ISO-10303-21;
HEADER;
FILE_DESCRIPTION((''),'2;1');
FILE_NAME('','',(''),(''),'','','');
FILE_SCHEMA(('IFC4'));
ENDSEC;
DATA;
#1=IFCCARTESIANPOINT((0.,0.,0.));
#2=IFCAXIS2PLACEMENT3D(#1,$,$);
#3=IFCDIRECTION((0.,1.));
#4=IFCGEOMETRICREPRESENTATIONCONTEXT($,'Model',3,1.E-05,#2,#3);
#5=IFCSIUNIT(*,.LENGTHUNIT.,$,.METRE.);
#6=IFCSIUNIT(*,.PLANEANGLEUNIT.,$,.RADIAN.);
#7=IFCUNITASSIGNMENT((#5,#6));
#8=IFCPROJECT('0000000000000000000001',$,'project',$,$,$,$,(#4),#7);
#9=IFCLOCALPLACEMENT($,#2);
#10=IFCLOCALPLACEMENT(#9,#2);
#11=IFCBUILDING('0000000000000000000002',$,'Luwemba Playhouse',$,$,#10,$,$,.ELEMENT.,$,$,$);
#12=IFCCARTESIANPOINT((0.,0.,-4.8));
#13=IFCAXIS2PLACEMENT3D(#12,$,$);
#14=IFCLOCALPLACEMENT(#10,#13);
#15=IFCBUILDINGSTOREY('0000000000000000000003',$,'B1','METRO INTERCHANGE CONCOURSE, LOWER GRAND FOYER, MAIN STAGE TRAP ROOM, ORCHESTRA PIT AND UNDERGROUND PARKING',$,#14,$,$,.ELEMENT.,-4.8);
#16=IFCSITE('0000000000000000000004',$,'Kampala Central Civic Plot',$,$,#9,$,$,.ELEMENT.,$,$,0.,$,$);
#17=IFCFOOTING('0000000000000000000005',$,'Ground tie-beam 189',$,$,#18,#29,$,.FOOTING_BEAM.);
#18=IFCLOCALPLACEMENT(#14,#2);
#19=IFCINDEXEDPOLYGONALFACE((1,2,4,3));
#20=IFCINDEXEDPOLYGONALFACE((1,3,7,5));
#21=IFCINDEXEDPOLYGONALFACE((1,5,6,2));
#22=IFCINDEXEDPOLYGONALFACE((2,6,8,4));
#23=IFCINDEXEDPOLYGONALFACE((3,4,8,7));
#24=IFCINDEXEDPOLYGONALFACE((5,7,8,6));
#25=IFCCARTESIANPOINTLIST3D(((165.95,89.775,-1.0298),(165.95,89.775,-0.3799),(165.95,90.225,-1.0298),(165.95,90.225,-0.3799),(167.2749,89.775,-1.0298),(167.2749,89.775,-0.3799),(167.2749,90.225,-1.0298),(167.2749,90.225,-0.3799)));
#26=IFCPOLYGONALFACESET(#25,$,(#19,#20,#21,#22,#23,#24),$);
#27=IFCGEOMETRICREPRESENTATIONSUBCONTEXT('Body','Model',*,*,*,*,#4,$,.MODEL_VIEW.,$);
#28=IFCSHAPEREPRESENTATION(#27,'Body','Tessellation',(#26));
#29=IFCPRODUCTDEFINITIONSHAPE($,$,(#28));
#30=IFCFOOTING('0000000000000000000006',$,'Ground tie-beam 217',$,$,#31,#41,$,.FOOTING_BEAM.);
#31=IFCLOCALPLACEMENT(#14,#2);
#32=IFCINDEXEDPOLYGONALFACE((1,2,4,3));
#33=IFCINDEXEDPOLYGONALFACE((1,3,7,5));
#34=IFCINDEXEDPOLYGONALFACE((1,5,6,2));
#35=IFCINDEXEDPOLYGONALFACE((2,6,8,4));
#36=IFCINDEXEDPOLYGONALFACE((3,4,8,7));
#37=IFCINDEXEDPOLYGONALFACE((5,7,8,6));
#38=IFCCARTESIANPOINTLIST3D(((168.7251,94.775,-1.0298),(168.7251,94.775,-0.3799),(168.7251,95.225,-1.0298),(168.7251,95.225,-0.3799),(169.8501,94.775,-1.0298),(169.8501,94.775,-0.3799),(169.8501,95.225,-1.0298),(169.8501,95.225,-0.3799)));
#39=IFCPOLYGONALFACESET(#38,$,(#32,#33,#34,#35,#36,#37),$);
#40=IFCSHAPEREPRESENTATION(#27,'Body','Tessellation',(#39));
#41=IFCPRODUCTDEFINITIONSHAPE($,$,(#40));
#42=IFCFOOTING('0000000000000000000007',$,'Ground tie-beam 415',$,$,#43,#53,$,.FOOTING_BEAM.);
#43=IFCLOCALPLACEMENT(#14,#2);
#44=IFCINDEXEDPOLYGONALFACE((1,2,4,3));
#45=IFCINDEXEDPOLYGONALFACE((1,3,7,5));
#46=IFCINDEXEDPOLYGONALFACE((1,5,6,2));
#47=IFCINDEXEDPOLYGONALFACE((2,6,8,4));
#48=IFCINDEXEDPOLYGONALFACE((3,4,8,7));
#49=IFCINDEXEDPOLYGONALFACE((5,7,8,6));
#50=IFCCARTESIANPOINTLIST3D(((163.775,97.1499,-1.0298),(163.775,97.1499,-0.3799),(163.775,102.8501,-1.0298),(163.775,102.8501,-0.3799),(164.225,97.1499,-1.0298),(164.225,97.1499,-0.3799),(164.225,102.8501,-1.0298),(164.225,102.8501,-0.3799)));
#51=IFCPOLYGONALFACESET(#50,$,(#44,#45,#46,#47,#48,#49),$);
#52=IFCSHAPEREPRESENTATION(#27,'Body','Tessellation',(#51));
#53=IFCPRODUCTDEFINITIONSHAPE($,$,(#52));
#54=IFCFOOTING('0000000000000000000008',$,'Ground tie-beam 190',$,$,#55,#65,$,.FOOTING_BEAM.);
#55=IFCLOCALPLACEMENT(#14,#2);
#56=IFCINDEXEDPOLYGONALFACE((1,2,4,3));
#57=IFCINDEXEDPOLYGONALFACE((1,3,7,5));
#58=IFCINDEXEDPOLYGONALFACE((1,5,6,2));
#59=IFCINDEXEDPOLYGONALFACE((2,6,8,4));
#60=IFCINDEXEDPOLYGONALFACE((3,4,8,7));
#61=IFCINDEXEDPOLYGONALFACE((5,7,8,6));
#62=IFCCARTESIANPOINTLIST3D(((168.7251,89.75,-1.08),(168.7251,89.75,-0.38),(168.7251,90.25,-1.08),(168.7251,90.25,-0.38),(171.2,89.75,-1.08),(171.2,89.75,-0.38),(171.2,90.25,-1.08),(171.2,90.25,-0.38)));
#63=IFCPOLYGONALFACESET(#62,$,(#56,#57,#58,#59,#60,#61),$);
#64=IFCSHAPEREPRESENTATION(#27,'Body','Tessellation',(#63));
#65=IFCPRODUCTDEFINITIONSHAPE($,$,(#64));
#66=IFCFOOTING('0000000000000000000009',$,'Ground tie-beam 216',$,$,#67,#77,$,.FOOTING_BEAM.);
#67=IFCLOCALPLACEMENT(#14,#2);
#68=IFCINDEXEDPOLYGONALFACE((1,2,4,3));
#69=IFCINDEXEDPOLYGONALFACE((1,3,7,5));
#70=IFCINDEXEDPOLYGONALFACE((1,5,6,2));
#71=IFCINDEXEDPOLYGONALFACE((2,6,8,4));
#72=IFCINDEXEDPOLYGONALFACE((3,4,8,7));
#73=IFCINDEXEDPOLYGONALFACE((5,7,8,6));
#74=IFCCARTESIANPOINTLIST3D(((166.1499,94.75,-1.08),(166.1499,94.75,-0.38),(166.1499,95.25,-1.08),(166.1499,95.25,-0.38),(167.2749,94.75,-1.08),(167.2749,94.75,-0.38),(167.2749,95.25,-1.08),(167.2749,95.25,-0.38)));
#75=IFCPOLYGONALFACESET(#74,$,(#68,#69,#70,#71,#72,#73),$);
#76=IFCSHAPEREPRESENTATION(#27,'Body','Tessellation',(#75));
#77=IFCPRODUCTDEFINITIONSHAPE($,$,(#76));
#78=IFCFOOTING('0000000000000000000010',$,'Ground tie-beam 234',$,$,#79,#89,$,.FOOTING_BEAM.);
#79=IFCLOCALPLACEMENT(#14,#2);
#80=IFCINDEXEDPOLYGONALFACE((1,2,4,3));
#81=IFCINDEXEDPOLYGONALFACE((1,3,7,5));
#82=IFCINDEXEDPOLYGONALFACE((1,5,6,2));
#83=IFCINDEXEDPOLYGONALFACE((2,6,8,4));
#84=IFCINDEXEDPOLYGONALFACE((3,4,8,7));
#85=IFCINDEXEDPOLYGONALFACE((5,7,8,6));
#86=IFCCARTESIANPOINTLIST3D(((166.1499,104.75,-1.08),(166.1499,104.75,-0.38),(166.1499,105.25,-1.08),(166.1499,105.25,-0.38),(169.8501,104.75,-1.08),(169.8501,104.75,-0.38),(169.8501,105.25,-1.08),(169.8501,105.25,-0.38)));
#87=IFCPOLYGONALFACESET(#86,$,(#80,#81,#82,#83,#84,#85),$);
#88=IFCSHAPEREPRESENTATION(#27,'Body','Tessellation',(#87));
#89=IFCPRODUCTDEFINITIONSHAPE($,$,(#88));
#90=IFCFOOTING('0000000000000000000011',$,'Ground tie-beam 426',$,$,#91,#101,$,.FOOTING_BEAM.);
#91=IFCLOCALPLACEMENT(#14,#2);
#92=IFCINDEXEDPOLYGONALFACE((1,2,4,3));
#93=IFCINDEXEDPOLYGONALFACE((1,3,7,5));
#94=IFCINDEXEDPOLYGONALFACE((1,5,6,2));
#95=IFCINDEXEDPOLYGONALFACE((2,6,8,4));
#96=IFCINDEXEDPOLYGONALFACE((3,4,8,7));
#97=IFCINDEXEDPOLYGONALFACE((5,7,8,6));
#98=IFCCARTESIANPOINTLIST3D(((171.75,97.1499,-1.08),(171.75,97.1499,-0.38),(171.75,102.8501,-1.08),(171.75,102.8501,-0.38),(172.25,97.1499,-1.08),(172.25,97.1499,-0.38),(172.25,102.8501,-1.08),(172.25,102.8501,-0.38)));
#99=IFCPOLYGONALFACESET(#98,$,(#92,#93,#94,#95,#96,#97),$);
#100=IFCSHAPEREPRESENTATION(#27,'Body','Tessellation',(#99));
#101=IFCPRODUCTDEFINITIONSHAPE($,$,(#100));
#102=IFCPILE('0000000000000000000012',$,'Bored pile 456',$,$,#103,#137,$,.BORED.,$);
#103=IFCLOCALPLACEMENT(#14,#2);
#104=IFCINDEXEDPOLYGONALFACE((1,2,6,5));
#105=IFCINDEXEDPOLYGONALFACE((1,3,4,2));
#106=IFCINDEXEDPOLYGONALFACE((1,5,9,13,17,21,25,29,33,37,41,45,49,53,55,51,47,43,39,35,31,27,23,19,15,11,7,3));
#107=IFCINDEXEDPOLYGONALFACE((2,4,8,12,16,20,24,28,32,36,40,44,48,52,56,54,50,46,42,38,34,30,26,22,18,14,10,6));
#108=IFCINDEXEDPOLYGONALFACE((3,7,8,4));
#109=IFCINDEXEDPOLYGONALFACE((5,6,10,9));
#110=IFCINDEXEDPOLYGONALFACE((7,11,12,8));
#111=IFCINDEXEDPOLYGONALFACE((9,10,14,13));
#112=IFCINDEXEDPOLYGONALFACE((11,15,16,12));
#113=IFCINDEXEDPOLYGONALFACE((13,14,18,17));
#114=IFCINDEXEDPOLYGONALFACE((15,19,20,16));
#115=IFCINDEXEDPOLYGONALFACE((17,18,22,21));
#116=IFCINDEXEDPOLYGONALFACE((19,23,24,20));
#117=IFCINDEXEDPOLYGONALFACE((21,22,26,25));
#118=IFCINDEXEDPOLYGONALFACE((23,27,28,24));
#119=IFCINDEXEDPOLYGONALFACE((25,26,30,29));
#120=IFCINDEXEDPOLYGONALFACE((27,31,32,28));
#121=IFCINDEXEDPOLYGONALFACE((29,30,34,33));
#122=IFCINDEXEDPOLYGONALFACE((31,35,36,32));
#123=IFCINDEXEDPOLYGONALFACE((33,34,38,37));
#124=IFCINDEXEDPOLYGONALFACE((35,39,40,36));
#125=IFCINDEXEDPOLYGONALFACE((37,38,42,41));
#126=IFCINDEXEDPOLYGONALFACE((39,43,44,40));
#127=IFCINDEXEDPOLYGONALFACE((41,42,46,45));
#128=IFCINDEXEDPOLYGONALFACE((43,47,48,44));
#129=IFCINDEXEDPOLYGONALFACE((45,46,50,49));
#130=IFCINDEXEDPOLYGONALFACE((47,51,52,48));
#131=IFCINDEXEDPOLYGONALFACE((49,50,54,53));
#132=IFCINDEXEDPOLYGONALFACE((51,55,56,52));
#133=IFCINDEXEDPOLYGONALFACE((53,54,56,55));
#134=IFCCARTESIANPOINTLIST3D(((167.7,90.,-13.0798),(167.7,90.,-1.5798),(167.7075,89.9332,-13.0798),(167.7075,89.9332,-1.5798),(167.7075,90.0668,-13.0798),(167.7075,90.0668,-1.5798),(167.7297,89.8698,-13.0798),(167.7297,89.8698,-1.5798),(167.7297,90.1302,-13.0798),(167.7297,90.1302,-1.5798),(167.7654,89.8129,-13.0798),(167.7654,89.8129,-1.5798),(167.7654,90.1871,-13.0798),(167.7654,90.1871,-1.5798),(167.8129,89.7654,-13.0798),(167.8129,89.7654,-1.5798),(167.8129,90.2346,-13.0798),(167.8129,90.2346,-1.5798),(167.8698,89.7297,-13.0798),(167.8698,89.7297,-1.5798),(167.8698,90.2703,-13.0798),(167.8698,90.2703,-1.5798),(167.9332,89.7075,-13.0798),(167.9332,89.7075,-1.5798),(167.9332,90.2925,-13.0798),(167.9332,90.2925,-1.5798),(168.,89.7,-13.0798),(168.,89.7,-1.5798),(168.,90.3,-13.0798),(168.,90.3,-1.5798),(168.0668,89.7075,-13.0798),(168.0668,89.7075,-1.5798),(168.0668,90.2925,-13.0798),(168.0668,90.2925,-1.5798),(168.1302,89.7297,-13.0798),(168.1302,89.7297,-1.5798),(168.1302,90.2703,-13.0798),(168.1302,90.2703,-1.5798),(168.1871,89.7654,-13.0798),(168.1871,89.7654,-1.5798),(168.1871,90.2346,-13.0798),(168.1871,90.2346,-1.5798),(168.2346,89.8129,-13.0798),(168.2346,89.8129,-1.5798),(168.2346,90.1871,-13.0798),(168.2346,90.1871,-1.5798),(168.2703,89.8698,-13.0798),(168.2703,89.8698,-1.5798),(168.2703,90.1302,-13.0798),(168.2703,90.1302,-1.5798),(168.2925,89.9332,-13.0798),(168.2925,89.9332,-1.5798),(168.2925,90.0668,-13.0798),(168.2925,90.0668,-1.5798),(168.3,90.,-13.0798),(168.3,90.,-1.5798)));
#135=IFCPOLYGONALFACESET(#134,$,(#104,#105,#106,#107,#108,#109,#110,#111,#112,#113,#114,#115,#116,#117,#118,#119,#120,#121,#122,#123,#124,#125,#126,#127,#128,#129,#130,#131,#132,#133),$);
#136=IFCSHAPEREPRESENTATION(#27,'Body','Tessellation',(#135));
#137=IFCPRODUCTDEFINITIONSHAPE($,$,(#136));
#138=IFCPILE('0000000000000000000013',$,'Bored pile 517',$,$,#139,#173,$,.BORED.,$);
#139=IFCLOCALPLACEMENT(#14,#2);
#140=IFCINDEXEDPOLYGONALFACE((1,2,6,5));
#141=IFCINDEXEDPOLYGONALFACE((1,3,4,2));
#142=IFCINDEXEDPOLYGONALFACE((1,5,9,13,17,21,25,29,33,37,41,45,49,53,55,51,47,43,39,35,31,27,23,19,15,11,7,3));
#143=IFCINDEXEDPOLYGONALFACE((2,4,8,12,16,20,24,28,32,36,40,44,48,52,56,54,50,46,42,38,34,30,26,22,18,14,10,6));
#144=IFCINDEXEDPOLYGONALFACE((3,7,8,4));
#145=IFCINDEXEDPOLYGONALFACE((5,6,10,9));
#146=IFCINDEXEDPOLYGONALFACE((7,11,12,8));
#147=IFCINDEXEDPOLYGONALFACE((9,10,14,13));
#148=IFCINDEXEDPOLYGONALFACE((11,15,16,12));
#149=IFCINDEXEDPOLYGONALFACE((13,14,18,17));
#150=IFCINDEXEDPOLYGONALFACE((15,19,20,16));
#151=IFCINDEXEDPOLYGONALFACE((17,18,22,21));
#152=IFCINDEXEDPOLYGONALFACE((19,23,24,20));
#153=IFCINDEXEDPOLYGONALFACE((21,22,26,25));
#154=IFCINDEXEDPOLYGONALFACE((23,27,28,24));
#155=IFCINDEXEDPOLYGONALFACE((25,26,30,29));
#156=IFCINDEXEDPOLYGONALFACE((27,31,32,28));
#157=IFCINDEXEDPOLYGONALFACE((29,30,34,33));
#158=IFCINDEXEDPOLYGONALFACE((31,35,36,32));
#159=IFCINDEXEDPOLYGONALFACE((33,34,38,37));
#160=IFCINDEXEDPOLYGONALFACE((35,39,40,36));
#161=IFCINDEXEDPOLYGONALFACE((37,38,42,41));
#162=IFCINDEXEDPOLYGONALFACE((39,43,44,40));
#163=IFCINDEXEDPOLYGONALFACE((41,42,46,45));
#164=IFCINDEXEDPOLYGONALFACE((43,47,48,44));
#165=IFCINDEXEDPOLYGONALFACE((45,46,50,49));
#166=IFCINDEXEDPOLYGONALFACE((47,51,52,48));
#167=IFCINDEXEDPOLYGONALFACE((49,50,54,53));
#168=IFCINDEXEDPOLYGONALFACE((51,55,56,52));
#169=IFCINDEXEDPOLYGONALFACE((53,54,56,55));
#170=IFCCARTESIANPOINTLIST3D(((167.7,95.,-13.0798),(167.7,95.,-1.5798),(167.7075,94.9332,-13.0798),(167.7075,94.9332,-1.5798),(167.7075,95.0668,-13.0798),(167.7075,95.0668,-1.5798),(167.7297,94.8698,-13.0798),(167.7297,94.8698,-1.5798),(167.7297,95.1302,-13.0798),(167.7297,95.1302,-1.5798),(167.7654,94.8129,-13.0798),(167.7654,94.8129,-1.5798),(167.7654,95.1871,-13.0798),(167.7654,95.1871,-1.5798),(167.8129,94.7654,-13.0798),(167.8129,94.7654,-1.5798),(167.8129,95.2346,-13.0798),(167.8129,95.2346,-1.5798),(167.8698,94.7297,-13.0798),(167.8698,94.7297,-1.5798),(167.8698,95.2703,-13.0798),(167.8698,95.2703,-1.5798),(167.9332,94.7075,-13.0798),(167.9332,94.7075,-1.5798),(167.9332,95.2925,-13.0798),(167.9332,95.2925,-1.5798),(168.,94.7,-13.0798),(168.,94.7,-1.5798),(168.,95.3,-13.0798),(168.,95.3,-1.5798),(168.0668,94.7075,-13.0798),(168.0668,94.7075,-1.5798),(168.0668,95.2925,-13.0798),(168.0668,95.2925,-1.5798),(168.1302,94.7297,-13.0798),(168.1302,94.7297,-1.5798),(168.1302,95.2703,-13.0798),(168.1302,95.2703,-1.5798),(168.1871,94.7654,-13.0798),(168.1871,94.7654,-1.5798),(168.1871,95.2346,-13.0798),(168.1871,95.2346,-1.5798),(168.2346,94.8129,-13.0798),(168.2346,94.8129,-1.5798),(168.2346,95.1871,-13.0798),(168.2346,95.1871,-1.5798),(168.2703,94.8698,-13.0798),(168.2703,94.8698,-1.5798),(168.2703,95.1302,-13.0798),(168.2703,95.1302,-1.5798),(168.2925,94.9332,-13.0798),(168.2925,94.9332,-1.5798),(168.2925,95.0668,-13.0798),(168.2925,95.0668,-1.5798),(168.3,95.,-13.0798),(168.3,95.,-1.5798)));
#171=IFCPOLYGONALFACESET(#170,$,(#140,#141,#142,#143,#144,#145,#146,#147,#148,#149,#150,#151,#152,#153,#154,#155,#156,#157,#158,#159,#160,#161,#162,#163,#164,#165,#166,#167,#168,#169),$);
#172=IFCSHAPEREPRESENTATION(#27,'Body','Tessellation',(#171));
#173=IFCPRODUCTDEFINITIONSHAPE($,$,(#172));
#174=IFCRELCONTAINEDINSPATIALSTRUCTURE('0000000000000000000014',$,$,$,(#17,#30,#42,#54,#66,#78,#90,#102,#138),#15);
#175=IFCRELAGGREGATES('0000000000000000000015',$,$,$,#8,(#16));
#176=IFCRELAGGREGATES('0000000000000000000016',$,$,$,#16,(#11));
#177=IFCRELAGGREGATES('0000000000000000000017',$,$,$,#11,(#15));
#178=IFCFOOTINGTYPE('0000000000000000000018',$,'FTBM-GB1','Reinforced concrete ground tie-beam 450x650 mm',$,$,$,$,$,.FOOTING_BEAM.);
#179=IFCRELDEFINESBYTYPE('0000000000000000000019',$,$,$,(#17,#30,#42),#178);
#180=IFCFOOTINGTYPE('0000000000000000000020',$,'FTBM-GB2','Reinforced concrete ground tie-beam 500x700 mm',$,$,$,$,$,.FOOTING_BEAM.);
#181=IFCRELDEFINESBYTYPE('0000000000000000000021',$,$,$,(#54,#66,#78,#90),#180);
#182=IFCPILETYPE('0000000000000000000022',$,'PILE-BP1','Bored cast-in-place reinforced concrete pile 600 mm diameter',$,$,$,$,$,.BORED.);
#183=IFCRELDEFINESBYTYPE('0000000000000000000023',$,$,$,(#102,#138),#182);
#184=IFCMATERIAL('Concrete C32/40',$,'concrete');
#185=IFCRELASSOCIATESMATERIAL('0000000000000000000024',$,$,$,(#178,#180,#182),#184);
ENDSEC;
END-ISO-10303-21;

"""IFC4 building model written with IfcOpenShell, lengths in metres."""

from ifc_helpers import new_model, si_unit, direction, frame, origin, origin_2d, place, context, subcontext, project, spatial, rectangle, circle, extrude, material, material_profile, profile_set, type_object, element, save


model = new_model("IFC4")

# Units and contexts
model_context = context("Model", 3, precision=1e-05, world=origin(), true_north=direction((0.0, 1.0)))
body_context = subcontext(model_context, "Body", "Model", "MODEL_VIEW")
ifc_project = project(units=[si_unit("LENGTHUNIT", "METRE"), si_unit("PLANEANGLEUNIT", "RADIAN")], contexts=[model_context])

# Site, building, storey
site_placement = place(None, origin())
site = spatial("IfcSite", under=ifc_project, at=site_placement, Name="Kampala Central Civic Plot", CompositionType="ELEMENT", RefElevation=0.0)
building_placement = place(site_placement, origin())
building = spatial("IfcBuilding", under=site, at=building_placement, Name="Luwemba Playhouse", CompositionType="ELEMENT")
storey_placement = place(building_placement, frame((0.0, 0.0, -4.8)))
storey = spatial("IfcBuildingStorey", under=building, at=storey_placement, Name="B1", Description="METRO INTERCHANGE CONCOURSE, LOWER GRAND FOYER, MAIN STAGE TRAP ROOM, ORCHESTRA PIT AND UNDERGROUND PARKING", CompositionType="ELEMENT", Elevation=-4.8)

# Footings
ifc_material_1 = material(Name="Concrete C32/40", Category="concrete")
ifc_material_profile_1 = material_profile(ifc_material_1, rectangle(XDim=0.45, YDim=0.6499, at=origin_2d()))
ifc_profile_set_1 = profile_set([ifc_material_profile_1], Name="Concrete C32/40")
footing_type_1 = type_object("IfcFootingType", Name="FTBM-GB1", Description="Reinforced concrete ground tie-beam 450x650 mm", PredefinedType="FOOTING_BEAM", material=ifc_profile_set_1)
footing_1_placement = place(storey_placement, frame((165.95, 90.0, -0.7048), z_axis=(1.0, 0.0, 0.0), x_axis=(0.0, 1.0, 0.0)))
element("IfcFooting", 1, at=footing_1_placement, inside=storey, type_object=footing_type_1, Name="Ground tie-beam 189", PredefinedType="FOOTING_BEAM", context=body_context, shape_type="SweptSolid", body=[
    extrude(rectangle(XDim=0.45, YDim=0.6499, at=origin_2d()), origin(), (0.0, 0.0, 1.0), 1.325),
])
footing_2_placement = place(storey_placement, frame((168.7251, 95.0, -0.7048), z_axis=(1.0, 0.0, 0.0), x_axis=(0.0, 1.0, 0.0)))
element("IfcFooting", 2, at=footing_2_placement, inside=storey, type_object=footing_type_1, Name="Ground tie-beam 217", PredefinedType="FOOTING_BEAM", context=body_context, shape_type="SweptSolid", body=[
    extrude(rectangle(XDim=0.45, YDim=0.6499, at=origin_2d()), origin(), (0.0, 0.0, 1.0), 1.125),
])
footing_3_placement = place(storey_placement, frame((164.0, 97.1499, -0.7048), z_axis=(0.0, 1.0, 0.0), x_axis=(-1.0, 0.0, 0.0)))
element("IfcFooting", 3, at=footing_3_placement, inside=storey, type_object=footing_type_1, Name="Ground tie-beam 415", PredefinedType="FOOTING_BEAM", context=body_context, shape_type="SweptSolid", body=[
    extrude(rectangle(XDim=0.45, YDim=0.6499, at=origin_2d()), origin(), (0.0, 0.0, 1.0), 5.7002),
])
ifc_material_profile_2 = material_profile(ifc_material_1, rectangle(XDim=0.5, YDim=0.7, at=origin_2d()))
ifc_profile_set_2 = profile_set([ifc_material_profile_2], Name="Concrete C32/40")
footing_type_2 = type_object("IfcFootingType", Name="FTBM-GB2", Description="Reinforced concrete ground tie-beam 500x700 mm", PredefinedType="FOOTING_BEAM", material=ifc_profile_set_2)
footing_4_placement = place(storey_placement, frame((168.7251, 90.0, -0.73), z_axis=(1.0, 0.0, 0.0), x_axis=(0.0, 1.0, 0.0)))
element("IfcFooting", 4, at=footing_4_placement, inside=storey, type_object=footing_type_2, Name="Ground tie-beam 190", PredefinedType="FOOTING_BEAM", context=body_context, shape_type="SweptSolid", body=[
    extrude(rectangle(XDim=0.5, YDim=0.7, at=origin_2d()), origin(), (0.0, 0.0, 1.0), 2.4749),
])
footing_5_placement = place(storey_placement, frame((166.1499, 95.0, -0.73), z_axis=(1.0, 0.0, 0.0), x_axis=(0.0, 1.0, 0.0)))
element("IfcFooting", 5, at=footing_5_placement, inside=storey, type_object=footing_type_2, Name="Ground tie-beam 216", PredefinedType="FOOTING_BEAM", context=body_context, shape_type="SweptSolid", body=[
    extrude(rectangle(XDim=0.5, YDim=0.7, at=origin_2d()), origin(), (0.0, 0.0, 1.0), 1.125),
])
footing_6_placement = place(storey_placement, frame((166.1499, 105.0, -0.73), z_axis=(1.0, 0.0, 0.0), x_axis=(0.0, 1.0, 0.0)))
element("IfcFooting", 6, at=footing_6_placement, inside=storey, type_object=footing_type_2, Name="Ground tie-beam 234", PredefinedType="FOOTING_BEAM", context=body_context, shape_type="SweptSolid", body=[
    extrude(rectangle(XDim=0.5, YDim=0.7, at=origin_2d()), origin(), (0.0, 0.0, 1.0), 3.7002),
])
footing_7_placement = place(storey_placement, frame((172.0, 97.1499, -0.73), z_axis=(0.0, 1.0, 0.0), x_axis=(-1.0, 0.0, 0.0)))
element("IfcFooting", 7, at=footing_7_placement, inside=storey, type_object=footing_type_2, Name="Ground tie-beam 426", PredefinedType="FOOTING_BEAM", context=body_context, shape_type="SweptSolid", body=[
    extrude(rectangle(XDim=0.5, YDim=0.7, at=origin_2d()), origin(), (0.0, 0.0, 1.0), 5.7002),
])

# Piles
ifc_material_profile_3 = material_profile(ifc_material_1, circle(Radius=0.3, at=origin_2d()))
ifc_profile_set_3 = profile_set([ifc_material_profile_3], Name="Concrete C32/40")
pile_type_1 = type_object("IfcPileType", Name="PILE-BP1", Description="Bored cast-in-place reinforced concrete pile 600 mm diameter", PredefinedType="BORED", material=ifc_profile_set_3)
for number, where, z_axis, x_axis, name in (
    (8, (168.0, 90.0, -1.5798), (0.0, 0.0, -1.0), (1.0, 0.0, 0.0), "Bored pile 456"),
    (9, (168.0, 95.0, -1.5798), (0.0, 0.0, -1.0), (1.0, 0.0, 0.0), "Bored pile 517"),
):
    element("IfcPile", number, at=place(storey_placement, frame(where, z_axis=z_axis, x_axis=x_axis)), inside=storey, type_object=pile_type_1, Name=name, PredefinedType="BORED", context=body_context, shape_type="SweptSolid", body=[
        extrude(circle(Radius=0.3, at=origin_2d()), origin(), (0.0, 0.0, 1.0), 11.5),
    ])

save(model, "model.ifc")
